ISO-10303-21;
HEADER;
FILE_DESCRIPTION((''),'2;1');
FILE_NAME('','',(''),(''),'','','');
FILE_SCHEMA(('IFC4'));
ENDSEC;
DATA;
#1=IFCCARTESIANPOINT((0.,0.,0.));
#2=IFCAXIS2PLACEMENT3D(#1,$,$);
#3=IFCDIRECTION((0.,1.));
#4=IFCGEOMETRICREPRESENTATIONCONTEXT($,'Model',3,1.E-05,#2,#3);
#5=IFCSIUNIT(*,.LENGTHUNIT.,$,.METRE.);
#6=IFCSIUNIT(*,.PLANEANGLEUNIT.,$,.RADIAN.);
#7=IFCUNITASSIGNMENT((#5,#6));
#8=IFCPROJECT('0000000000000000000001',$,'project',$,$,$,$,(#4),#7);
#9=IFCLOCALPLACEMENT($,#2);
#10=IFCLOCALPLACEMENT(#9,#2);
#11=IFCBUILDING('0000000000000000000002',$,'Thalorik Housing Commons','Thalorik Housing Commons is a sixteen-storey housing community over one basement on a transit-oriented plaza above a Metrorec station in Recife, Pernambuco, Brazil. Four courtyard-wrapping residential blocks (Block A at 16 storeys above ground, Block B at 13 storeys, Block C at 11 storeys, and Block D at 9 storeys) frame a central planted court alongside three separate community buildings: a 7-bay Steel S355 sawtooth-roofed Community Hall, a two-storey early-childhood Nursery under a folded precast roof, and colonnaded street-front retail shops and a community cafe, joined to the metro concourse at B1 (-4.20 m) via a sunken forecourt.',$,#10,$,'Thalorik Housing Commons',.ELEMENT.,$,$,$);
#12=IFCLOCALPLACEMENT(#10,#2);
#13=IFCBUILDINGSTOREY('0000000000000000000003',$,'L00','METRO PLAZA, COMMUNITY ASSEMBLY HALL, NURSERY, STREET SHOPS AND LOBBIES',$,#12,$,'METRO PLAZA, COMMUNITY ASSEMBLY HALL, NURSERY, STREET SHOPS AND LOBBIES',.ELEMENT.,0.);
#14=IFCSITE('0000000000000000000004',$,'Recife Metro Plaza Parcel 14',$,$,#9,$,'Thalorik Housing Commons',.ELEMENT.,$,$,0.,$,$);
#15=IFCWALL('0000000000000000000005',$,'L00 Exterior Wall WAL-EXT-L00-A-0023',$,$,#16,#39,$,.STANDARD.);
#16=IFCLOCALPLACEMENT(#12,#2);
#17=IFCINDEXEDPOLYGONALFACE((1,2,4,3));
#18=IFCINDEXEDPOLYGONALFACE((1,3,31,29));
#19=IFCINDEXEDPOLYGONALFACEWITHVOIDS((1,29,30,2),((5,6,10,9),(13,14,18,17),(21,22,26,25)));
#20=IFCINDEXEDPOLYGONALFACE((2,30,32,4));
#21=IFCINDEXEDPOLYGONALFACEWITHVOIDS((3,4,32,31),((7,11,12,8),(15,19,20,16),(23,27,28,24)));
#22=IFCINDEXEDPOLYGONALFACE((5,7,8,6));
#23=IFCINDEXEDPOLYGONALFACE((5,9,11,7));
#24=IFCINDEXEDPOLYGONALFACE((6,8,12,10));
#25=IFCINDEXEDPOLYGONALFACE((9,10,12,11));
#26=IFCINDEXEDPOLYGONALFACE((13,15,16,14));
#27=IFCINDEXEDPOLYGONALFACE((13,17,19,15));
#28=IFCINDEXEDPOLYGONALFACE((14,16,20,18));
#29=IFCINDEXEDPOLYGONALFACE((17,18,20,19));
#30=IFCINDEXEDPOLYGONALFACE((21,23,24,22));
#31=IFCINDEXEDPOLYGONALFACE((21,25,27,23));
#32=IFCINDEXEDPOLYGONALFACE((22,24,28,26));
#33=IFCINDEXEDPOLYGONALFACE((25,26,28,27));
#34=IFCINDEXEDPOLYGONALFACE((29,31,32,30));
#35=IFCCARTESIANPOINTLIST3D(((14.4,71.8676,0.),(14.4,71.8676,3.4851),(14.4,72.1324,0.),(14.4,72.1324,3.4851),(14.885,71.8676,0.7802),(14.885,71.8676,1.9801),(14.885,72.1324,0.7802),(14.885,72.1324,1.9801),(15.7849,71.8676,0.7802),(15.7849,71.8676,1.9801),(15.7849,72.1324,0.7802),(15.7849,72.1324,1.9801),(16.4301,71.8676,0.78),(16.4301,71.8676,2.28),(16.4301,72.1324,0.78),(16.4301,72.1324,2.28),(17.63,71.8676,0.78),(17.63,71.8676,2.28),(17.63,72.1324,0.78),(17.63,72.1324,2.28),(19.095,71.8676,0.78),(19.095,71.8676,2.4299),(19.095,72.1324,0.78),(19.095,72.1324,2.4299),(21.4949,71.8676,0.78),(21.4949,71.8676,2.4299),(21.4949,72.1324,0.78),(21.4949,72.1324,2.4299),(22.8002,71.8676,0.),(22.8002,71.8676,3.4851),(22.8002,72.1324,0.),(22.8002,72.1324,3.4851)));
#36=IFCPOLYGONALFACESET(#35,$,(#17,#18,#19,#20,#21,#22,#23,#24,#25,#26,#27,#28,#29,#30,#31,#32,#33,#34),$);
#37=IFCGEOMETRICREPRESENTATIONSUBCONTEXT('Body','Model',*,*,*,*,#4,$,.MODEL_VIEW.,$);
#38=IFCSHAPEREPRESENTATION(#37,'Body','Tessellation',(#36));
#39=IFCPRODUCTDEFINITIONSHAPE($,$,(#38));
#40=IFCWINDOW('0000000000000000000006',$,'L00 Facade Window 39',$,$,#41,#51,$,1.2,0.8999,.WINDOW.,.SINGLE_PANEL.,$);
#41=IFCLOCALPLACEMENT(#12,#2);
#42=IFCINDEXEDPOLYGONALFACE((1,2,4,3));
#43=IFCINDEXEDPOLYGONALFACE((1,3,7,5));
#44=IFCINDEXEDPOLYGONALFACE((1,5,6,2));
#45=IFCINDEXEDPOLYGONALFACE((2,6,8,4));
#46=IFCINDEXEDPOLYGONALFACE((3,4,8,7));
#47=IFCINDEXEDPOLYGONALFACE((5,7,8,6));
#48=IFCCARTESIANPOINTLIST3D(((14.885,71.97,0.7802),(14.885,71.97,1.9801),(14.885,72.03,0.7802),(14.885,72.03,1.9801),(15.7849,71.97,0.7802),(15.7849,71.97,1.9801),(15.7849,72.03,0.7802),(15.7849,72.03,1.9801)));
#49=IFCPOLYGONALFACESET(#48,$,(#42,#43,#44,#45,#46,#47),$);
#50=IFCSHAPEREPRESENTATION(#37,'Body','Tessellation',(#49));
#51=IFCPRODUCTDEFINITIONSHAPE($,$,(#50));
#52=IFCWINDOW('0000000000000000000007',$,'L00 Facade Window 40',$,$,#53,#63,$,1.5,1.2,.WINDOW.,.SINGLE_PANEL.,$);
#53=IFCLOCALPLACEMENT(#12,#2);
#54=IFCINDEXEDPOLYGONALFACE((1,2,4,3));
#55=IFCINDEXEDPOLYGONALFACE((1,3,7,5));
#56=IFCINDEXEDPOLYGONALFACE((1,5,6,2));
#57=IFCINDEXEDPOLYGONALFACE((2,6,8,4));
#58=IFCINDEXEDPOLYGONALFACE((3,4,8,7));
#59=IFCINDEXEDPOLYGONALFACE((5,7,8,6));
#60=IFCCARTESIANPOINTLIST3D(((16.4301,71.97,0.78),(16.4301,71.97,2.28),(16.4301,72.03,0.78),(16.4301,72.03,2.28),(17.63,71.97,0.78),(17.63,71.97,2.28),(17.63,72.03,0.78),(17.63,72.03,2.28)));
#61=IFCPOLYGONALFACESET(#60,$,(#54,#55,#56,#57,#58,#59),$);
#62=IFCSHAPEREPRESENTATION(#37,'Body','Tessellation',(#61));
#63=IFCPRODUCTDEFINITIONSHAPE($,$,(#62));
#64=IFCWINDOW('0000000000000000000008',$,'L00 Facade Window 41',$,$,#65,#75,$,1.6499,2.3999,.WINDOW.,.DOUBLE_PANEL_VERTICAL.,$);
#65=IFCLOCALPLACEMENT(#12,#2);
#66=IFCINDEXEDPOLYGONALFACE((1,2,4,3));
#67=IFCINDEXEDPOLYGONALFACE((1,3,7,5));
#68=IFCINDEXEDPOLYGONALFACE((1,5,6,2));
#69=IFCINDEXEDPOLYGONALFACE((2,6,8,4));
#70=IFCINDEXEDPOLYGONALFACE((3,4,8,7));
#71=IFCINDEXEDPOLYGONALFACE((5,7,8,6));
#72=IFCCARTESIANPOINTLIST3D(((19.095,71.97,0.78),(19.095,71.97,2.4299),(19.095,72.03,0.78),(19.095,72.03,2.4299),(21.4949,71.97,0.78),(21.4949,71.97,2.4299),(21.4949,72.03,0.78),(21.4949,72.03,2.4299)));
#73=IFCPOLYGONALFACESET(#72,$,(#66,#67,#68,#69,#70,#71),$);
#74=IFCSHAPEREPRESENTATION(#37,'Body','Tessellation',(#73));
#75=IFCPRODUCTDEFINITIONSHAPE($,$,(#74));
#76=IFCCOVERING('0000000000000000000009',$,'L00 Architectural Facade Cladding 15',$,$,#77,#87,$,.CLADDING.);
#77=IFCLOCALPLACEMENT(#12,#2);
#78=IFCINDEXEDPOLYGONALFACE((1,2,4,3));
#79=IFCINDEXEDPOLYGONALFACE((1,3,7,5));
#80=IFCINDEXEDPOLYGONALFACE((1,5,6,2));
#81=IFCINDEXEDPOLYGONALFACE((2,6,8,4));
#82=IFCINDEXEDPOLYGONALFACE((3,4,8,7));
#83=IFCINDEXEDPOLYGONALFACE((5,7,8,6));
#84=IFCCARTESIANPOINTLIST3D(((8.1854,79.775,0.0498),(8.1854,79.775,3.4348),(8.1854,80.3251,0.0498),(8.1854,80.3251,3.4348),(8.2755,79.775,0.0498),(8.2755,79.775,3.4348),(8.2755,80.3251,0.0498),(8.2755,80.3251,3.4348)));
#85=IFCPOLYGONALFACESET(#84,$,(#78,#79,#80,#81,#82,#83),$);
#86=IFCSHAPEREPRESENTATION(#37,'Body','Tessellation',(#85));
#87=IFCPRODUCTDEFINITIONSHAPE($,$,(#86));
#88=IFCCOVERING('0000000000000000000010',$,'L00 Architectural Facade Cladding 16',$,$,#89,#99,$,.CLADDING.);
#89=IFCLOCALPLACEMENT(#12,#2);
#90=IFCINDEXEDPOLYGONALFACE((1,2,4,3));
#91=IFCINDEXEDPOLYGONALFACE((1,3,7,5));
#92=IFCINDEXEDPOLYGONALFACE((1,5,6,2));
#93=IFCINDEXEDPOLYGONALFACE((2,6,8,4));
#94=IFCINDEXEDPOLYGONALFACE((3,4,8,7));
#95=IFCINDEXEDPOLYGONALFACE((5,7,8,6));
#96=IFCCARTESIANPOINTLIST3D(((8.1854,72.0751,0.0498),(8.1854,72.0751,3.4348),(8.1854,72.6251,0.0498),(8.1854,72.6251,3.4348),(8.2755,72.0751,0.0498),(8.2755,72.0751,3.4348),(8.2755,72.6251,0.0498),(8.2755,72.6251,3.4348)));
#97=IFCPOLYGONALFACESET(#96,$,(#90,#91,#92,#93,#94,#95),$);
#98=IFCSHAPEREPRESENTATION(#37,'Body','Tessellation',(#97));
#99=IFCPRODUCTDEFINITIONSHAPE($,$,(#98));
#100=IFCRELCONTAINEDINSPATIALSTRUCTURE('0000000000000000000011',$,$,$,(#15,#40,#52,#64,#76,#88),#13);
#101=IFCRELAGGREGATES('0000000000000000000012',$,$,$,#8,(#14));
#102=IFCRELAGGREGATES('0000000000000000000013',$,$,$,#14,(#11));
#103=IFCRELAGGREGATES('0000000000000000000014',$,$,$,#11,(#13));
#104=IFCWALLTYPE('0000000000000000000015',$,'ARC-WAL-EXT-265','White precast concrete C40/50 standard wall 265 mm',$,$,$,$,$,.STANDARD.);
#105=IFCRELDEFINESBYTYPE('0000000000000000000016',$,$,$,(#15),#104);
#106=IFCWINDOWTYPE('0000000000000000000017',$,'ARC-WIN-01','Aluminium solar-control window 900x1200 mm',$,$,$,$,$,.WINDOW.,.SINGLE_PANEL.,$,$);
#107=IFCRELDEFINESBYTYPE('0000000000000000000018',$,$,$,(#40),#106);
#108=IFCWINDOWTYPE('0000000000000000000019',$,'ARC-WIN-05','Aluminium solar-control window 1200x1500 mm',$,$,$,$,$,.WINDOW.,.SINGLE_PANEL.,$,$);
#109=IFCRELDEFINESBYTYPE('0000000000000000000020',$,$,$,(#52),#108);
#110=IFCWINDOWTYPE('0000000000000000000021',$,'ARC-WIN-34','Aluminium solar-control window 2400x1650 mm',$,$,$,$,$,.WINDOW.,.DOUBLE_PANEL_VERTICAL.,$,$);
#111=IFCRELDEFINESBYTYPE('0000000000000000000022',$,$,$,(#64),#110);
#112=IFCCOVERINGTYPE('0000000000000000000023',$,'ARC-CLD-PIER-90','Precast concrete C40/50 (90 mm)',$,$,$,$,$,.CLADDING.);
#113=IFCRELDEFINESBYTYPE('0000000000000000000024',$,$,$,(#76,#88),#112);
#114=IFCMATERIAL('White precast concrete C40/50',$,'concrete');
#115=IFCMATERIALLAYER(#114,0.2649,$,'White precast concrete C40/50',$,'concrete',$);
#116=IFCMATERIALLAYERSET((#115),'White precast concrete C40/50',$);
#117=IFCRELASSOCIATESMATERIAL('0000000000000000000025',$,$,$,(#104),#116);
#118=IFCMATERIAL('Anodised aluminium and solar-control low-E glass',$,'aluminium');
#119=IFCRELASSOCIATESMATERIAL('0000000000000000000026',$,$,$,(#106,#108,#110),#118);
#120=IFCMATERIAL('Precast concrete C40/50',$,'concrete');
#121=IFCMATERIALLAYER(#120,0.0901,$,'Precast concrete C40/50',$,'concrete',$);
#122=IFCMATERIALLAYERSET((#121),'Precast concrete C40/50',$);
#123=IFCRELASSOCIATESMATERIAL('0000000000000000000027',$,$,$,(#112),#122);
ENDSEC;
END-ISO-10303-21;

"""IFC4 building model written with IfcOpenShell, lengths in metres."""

from ifc_helpers import new_model, si_unit, direction, frame, frame_2d, origin, origin_2d, place, context, subcontext, project, spatial, rectangle, extrude, material, layer, layer_set, type_object, element, fill, save


model = new_model("IFC4")

# Units and contexts
model_context = context("Model", 3, precision=1e-05, world=origin(), true_north=direction((0.0, 1.0)))
body_context = subcontext(model_context, "Body", "Model", "MODEL_VIEW")
ifc_project = project(units=[si_unit("LENGTHUNIT", "METRE"), si_unit("PLANEANGLEUNIT", "RADIAN")], contexts=[model_context])

# Site, building, storey
site_placement = place(None, origin())
site = spatial("IfcSite", under=ifc_project, at=site_placement, Name="Recife Metro Plaza Parcel 14", LongName="Thalorik Housing Commons", CompositionType="ELEMENT", RefElevation=0.0)
building_placement = place(site_placement, origin())
building = spatial("IfcBuilding", under=site, at=building_placement, Name="Thalorik Housing Commons", Description="Thalorik Housing Commons is a sixteen-storey housing community over one basement on a transit-oriented plaza above a Metrorec station in Recife, Pernambuco, Brazil. Four courtyard-wrapping residential blocks (Block A at 16 storeys above ground, Block B at 13 storeys, Block C at 11 storeys, and Block D at 9 storeys) frame a central planted court alongside three separate community buildings: a 7-bay Steel S355 sawtooth-roofed Community Hall, a two-storey early-childhood Nursery under a folded precast roof, and colonnaded street-front retail shops and a community cafe, joined to the metro concourse at B1 (-4.20 m) via a sunken forecourt.", LongName="Thalorik Housing Commons", CompositionType="ELEMENT")
storey_placement = place(building_placement, origin())
storey = spatial("IfcBuildingStorey", under=building, at=storey_placement, Name="L00", Description="METRO PLAZA, COMMUNITY ASSEMBLY HALL, NURSERY, STREET SHOPS AND LOBBIES", LongName="METRO PLAZA, COMMUNITY ASSEMBLY HALL, NURSERY, STREET SHOPS AND LOBBIES", CompositionType="ELEMENT", Elevation=0.0)

# Shared definitions
ifc_material_1 = material(Name="Precast concrete C40/50", Category="concrete")

# Wall, openings, windows
ifc_material_2 = material(Name="White precast concrete C40/50", Category="concrete")
ifc_layer_1 = layer(ifc_material_2, 0.2649, Name="White precast concrete C40/50", Category="concrete")
ifc_layer_set_1 = layer_set([ifc_layer_1], Name="White precast concrete C40/50")
wall_type_1 = type_object("IfcWallType", Name="ARC-WAL-EXT-265", Description="White precast concrete C40/50 standard wall 265 mm", PredefinedType="STANDARD", material=ifc_layer_set_1)
ifc_material_3 = material(Name="Anodised aluminium and solar-control low-E glass", Category="aluminium")
wall_1_placement = place(storey_placement, frame((14.3999, 72.0, 0.0), z_axis=(0.0, 0.0, 1.0), x_axis=(1.0, 0.0, 0.0)))
wall_1 = element("IfcWall", 1, at=wall_1_placement, inside=storey, type_object=wall_type_1, Name="L00 Exterior Wall WAL-EXT-L00-A-0023", PredefinedType="STANDARD", context=body_context, shape_type="SweptSolid", body=[
    extrude(rectangle(XDim=8.4001, YDim=0.2649, at=frame_2d((4.2002, 0.0))), origin(), (0.0, 0.0, 1.0), 3.4851),
])
opening_1_placement = place(wall_1_placement, frame((0.4851, 0.0, 0.78)))
opening_1 = element("IfcOpeningElement", 2, at=opening_1_placement, cuts=wall_1, PredefinedType="OPENING", context=body_context, shape_type="SweptSolid", body=[
    extrude(rectangle(XDim=0.8999, YDim=1.2, at=frame_2d((0.45, 0.6001))), frame((0.0, 0.1426, 0.0), z_axis=(0.0, -1.0, 0.0), x_axis=(1.0, 0.0, 0.0)), (0.0, 0.0, 1.0), 0.2849),
])
opening_2_placement = place(wall_1_placement, frame((2.03, 0.0, 0.78)))
opening_2 = element("IfcOpeningElement", 3, at=opening_2_placement, cuts=wall_1, PredefinedType="OPENING", context=body_context, shape_type="SweptSolid", body=[
    extrude(rectangle(XDim=1.2, YDim=1.5, at=frame_2d((0.6001, 0.75))), frame((0.0, 0.1426, 0.0), z_axis=(0.0, -1.0, 0.0), x_axis=(1.0, 0.0, 0.0)), (0.0, 0.0, 1.0), 0.2849),
])
opening_3_placement = place(wall_1_placement, frame((4.6951, 0.0, 0.78)))
opening_3 = element("IfcOpeningElement", 4, at=opening_3_placement, cuts=wall_1, PredefinedType="OPENING", context=body_context, shape_type="SweptSolid", body=[
    extrude(rectangle(XDim=2.3999, YDim=1.6499, at=frame_2d((1.2, 0.825))), frame((0.0, 0.1426, 0.0), z_axis=(0.0, -1.0, 0.0), x_axis=(1.0, 0.0, 0.0)), (0.0, 0.0, 1.0), 0.2849),
])
window_type_1 = type_object("IfcWindowType", Name="ARC-WIN-01", Description="Aluminium solar-control window 900x1200 mm", PartitioningType="SINGLE_PANEL", PredefinedType="WINDOW", material=ifc_material_3)
window_1_placement = place(opening_1_placement, origin())
window_1 = element("IfcWindow", 5, at=window_1_placement, inside=storey, type_object=window_type_1, Name="L00 Facade Window 39", OverallHeight=1.2, OverallWidth=0.8999, PartitioningType="SINGLE_PANEL", PredefinedType="WINDOW", context=body_context, shape_type="SweptSolid", body=[
    extrude(rectangle(XDim=0.8999, YDim=1.2, at=frame_2d((0.45, 0.6001))), frame((0.0, 0.03, 0.0), z_axis=(0.0, -1.0, 0.0), x_axis=(1.0, 0.0, 0.0)), (0.0, 0.0, 1.0), 0.0601),
])
fill(opening_1, window_1)
window_type_2 = type_object("IfcWindowType", Name="ARC-WIN-05", Description="Aluminium solar-control window 1200x1500 mm", PartitioningType="SINGLE_PANEL", PredefinedType="WINDOW", material=ifc_material_3)
window_2_placement = place(opening_2_placement, origin())
window_2 = element("IfcWindow", 6, at=window_2_placement, inside=storey, type_object=window_type_2, Name="L00 Facade Window 40", OverallHeight=1.5, OverallWidth=1.2, PartitioningType="SINGLE_PANEL", PredefinedType="WINDOW", context=body_context, shape_type="SweptSolid", body=[
    extrude(rectangle(XDim=1.2, YDim=1.5, at=frame_2d((0.6001, 0.75))), frame((0.0, 0.03, 0.0), z_axis=(0.0, -1.0, 0.0), x_axis=(1.0, 0.0, 0.0)), (0.0, 0.0, 1.0), 0.0601),
])
fill(opening_2, window_2)
window_type_3 = type_object("IfcWindowType", Name="ARC-WIN-34", Description="Aluminium solar-control window 2400x1650 mm", PartitioningType="DOUBLE_PANEL_VERTICAL", PredefinedType="WINDOW", material=ifc_material_3)
window_3_placement = place(opening_3_placement, origin())
window_3 = element("IfcWindow", 7, at=window_3_placement, inside=storey, type_object=window_type_3, Name="L00 Facade Window 41", OverallHeight=1.6499, OverallWidth=2.3999, PartitioningType="DOUBLE_PANEL_VERTICAL", PredefinedType="WINDOW", context=body_context, shape_type="SweptSolid", body=[
    extrude(rectangle(XDim=2.3999, YDim=1.6499, at=frame_2d((1.2, 0.825))), frame((0.0, 0.03, 0.0), z_axis=(0.0, -1.0, 0.0), x_axis=(1.0, 0.0, 0.0)), (0.0, 0.0, 1.0), 0.0601),
])
fill(opening_3, window_3)

# Coverings
ifc_layer_2 = layer(ifc_material_1, 0.0901, Name="Precast concrete C40/50", Category="concrete")
ifc_layer_set_2 = layer_set([ifc_layer_2], Name="Precast concrete C40/50")
covering_type = type_object("IfcCoveringType", Name="ARC-CLD-PIER-90", Description="Precast concrete C40/50 (90 mm)", PredefinedType="CLADDING", material=ifc_layer_set_2)
for number, where, z_axis, x_axis, name in (
    (8, (8.2305, 80.05, 0.0498), (0.0, 0.0, 1.0), (0.0, -1.0, 0.0), "L00 Architectural Facade Cladding 15"),
    (9, (8.2305, 72.3501, 0.0498), (0.0, 0.0, 1.0), (0.0, -1.0, 0.0), "L00 Architectural Facade Cladding 16"),
):
    element("IfcCovering", number, at=place(storey_placement, frame(where, z_axis=z_axis, x_axis=x_axis)), inside=storey, type_object=covering_type, Name=name, PredefinedType="CLADDING", context=body_context, shape_type="SweptSolid", body=[
        extrude(rectangle(XDim=0.55, YDim=0.0901, at=origin_2d()), origin(), (0.0, 0.0, 1.0), 3.385),
    ])

save(model, "model.ifc")
